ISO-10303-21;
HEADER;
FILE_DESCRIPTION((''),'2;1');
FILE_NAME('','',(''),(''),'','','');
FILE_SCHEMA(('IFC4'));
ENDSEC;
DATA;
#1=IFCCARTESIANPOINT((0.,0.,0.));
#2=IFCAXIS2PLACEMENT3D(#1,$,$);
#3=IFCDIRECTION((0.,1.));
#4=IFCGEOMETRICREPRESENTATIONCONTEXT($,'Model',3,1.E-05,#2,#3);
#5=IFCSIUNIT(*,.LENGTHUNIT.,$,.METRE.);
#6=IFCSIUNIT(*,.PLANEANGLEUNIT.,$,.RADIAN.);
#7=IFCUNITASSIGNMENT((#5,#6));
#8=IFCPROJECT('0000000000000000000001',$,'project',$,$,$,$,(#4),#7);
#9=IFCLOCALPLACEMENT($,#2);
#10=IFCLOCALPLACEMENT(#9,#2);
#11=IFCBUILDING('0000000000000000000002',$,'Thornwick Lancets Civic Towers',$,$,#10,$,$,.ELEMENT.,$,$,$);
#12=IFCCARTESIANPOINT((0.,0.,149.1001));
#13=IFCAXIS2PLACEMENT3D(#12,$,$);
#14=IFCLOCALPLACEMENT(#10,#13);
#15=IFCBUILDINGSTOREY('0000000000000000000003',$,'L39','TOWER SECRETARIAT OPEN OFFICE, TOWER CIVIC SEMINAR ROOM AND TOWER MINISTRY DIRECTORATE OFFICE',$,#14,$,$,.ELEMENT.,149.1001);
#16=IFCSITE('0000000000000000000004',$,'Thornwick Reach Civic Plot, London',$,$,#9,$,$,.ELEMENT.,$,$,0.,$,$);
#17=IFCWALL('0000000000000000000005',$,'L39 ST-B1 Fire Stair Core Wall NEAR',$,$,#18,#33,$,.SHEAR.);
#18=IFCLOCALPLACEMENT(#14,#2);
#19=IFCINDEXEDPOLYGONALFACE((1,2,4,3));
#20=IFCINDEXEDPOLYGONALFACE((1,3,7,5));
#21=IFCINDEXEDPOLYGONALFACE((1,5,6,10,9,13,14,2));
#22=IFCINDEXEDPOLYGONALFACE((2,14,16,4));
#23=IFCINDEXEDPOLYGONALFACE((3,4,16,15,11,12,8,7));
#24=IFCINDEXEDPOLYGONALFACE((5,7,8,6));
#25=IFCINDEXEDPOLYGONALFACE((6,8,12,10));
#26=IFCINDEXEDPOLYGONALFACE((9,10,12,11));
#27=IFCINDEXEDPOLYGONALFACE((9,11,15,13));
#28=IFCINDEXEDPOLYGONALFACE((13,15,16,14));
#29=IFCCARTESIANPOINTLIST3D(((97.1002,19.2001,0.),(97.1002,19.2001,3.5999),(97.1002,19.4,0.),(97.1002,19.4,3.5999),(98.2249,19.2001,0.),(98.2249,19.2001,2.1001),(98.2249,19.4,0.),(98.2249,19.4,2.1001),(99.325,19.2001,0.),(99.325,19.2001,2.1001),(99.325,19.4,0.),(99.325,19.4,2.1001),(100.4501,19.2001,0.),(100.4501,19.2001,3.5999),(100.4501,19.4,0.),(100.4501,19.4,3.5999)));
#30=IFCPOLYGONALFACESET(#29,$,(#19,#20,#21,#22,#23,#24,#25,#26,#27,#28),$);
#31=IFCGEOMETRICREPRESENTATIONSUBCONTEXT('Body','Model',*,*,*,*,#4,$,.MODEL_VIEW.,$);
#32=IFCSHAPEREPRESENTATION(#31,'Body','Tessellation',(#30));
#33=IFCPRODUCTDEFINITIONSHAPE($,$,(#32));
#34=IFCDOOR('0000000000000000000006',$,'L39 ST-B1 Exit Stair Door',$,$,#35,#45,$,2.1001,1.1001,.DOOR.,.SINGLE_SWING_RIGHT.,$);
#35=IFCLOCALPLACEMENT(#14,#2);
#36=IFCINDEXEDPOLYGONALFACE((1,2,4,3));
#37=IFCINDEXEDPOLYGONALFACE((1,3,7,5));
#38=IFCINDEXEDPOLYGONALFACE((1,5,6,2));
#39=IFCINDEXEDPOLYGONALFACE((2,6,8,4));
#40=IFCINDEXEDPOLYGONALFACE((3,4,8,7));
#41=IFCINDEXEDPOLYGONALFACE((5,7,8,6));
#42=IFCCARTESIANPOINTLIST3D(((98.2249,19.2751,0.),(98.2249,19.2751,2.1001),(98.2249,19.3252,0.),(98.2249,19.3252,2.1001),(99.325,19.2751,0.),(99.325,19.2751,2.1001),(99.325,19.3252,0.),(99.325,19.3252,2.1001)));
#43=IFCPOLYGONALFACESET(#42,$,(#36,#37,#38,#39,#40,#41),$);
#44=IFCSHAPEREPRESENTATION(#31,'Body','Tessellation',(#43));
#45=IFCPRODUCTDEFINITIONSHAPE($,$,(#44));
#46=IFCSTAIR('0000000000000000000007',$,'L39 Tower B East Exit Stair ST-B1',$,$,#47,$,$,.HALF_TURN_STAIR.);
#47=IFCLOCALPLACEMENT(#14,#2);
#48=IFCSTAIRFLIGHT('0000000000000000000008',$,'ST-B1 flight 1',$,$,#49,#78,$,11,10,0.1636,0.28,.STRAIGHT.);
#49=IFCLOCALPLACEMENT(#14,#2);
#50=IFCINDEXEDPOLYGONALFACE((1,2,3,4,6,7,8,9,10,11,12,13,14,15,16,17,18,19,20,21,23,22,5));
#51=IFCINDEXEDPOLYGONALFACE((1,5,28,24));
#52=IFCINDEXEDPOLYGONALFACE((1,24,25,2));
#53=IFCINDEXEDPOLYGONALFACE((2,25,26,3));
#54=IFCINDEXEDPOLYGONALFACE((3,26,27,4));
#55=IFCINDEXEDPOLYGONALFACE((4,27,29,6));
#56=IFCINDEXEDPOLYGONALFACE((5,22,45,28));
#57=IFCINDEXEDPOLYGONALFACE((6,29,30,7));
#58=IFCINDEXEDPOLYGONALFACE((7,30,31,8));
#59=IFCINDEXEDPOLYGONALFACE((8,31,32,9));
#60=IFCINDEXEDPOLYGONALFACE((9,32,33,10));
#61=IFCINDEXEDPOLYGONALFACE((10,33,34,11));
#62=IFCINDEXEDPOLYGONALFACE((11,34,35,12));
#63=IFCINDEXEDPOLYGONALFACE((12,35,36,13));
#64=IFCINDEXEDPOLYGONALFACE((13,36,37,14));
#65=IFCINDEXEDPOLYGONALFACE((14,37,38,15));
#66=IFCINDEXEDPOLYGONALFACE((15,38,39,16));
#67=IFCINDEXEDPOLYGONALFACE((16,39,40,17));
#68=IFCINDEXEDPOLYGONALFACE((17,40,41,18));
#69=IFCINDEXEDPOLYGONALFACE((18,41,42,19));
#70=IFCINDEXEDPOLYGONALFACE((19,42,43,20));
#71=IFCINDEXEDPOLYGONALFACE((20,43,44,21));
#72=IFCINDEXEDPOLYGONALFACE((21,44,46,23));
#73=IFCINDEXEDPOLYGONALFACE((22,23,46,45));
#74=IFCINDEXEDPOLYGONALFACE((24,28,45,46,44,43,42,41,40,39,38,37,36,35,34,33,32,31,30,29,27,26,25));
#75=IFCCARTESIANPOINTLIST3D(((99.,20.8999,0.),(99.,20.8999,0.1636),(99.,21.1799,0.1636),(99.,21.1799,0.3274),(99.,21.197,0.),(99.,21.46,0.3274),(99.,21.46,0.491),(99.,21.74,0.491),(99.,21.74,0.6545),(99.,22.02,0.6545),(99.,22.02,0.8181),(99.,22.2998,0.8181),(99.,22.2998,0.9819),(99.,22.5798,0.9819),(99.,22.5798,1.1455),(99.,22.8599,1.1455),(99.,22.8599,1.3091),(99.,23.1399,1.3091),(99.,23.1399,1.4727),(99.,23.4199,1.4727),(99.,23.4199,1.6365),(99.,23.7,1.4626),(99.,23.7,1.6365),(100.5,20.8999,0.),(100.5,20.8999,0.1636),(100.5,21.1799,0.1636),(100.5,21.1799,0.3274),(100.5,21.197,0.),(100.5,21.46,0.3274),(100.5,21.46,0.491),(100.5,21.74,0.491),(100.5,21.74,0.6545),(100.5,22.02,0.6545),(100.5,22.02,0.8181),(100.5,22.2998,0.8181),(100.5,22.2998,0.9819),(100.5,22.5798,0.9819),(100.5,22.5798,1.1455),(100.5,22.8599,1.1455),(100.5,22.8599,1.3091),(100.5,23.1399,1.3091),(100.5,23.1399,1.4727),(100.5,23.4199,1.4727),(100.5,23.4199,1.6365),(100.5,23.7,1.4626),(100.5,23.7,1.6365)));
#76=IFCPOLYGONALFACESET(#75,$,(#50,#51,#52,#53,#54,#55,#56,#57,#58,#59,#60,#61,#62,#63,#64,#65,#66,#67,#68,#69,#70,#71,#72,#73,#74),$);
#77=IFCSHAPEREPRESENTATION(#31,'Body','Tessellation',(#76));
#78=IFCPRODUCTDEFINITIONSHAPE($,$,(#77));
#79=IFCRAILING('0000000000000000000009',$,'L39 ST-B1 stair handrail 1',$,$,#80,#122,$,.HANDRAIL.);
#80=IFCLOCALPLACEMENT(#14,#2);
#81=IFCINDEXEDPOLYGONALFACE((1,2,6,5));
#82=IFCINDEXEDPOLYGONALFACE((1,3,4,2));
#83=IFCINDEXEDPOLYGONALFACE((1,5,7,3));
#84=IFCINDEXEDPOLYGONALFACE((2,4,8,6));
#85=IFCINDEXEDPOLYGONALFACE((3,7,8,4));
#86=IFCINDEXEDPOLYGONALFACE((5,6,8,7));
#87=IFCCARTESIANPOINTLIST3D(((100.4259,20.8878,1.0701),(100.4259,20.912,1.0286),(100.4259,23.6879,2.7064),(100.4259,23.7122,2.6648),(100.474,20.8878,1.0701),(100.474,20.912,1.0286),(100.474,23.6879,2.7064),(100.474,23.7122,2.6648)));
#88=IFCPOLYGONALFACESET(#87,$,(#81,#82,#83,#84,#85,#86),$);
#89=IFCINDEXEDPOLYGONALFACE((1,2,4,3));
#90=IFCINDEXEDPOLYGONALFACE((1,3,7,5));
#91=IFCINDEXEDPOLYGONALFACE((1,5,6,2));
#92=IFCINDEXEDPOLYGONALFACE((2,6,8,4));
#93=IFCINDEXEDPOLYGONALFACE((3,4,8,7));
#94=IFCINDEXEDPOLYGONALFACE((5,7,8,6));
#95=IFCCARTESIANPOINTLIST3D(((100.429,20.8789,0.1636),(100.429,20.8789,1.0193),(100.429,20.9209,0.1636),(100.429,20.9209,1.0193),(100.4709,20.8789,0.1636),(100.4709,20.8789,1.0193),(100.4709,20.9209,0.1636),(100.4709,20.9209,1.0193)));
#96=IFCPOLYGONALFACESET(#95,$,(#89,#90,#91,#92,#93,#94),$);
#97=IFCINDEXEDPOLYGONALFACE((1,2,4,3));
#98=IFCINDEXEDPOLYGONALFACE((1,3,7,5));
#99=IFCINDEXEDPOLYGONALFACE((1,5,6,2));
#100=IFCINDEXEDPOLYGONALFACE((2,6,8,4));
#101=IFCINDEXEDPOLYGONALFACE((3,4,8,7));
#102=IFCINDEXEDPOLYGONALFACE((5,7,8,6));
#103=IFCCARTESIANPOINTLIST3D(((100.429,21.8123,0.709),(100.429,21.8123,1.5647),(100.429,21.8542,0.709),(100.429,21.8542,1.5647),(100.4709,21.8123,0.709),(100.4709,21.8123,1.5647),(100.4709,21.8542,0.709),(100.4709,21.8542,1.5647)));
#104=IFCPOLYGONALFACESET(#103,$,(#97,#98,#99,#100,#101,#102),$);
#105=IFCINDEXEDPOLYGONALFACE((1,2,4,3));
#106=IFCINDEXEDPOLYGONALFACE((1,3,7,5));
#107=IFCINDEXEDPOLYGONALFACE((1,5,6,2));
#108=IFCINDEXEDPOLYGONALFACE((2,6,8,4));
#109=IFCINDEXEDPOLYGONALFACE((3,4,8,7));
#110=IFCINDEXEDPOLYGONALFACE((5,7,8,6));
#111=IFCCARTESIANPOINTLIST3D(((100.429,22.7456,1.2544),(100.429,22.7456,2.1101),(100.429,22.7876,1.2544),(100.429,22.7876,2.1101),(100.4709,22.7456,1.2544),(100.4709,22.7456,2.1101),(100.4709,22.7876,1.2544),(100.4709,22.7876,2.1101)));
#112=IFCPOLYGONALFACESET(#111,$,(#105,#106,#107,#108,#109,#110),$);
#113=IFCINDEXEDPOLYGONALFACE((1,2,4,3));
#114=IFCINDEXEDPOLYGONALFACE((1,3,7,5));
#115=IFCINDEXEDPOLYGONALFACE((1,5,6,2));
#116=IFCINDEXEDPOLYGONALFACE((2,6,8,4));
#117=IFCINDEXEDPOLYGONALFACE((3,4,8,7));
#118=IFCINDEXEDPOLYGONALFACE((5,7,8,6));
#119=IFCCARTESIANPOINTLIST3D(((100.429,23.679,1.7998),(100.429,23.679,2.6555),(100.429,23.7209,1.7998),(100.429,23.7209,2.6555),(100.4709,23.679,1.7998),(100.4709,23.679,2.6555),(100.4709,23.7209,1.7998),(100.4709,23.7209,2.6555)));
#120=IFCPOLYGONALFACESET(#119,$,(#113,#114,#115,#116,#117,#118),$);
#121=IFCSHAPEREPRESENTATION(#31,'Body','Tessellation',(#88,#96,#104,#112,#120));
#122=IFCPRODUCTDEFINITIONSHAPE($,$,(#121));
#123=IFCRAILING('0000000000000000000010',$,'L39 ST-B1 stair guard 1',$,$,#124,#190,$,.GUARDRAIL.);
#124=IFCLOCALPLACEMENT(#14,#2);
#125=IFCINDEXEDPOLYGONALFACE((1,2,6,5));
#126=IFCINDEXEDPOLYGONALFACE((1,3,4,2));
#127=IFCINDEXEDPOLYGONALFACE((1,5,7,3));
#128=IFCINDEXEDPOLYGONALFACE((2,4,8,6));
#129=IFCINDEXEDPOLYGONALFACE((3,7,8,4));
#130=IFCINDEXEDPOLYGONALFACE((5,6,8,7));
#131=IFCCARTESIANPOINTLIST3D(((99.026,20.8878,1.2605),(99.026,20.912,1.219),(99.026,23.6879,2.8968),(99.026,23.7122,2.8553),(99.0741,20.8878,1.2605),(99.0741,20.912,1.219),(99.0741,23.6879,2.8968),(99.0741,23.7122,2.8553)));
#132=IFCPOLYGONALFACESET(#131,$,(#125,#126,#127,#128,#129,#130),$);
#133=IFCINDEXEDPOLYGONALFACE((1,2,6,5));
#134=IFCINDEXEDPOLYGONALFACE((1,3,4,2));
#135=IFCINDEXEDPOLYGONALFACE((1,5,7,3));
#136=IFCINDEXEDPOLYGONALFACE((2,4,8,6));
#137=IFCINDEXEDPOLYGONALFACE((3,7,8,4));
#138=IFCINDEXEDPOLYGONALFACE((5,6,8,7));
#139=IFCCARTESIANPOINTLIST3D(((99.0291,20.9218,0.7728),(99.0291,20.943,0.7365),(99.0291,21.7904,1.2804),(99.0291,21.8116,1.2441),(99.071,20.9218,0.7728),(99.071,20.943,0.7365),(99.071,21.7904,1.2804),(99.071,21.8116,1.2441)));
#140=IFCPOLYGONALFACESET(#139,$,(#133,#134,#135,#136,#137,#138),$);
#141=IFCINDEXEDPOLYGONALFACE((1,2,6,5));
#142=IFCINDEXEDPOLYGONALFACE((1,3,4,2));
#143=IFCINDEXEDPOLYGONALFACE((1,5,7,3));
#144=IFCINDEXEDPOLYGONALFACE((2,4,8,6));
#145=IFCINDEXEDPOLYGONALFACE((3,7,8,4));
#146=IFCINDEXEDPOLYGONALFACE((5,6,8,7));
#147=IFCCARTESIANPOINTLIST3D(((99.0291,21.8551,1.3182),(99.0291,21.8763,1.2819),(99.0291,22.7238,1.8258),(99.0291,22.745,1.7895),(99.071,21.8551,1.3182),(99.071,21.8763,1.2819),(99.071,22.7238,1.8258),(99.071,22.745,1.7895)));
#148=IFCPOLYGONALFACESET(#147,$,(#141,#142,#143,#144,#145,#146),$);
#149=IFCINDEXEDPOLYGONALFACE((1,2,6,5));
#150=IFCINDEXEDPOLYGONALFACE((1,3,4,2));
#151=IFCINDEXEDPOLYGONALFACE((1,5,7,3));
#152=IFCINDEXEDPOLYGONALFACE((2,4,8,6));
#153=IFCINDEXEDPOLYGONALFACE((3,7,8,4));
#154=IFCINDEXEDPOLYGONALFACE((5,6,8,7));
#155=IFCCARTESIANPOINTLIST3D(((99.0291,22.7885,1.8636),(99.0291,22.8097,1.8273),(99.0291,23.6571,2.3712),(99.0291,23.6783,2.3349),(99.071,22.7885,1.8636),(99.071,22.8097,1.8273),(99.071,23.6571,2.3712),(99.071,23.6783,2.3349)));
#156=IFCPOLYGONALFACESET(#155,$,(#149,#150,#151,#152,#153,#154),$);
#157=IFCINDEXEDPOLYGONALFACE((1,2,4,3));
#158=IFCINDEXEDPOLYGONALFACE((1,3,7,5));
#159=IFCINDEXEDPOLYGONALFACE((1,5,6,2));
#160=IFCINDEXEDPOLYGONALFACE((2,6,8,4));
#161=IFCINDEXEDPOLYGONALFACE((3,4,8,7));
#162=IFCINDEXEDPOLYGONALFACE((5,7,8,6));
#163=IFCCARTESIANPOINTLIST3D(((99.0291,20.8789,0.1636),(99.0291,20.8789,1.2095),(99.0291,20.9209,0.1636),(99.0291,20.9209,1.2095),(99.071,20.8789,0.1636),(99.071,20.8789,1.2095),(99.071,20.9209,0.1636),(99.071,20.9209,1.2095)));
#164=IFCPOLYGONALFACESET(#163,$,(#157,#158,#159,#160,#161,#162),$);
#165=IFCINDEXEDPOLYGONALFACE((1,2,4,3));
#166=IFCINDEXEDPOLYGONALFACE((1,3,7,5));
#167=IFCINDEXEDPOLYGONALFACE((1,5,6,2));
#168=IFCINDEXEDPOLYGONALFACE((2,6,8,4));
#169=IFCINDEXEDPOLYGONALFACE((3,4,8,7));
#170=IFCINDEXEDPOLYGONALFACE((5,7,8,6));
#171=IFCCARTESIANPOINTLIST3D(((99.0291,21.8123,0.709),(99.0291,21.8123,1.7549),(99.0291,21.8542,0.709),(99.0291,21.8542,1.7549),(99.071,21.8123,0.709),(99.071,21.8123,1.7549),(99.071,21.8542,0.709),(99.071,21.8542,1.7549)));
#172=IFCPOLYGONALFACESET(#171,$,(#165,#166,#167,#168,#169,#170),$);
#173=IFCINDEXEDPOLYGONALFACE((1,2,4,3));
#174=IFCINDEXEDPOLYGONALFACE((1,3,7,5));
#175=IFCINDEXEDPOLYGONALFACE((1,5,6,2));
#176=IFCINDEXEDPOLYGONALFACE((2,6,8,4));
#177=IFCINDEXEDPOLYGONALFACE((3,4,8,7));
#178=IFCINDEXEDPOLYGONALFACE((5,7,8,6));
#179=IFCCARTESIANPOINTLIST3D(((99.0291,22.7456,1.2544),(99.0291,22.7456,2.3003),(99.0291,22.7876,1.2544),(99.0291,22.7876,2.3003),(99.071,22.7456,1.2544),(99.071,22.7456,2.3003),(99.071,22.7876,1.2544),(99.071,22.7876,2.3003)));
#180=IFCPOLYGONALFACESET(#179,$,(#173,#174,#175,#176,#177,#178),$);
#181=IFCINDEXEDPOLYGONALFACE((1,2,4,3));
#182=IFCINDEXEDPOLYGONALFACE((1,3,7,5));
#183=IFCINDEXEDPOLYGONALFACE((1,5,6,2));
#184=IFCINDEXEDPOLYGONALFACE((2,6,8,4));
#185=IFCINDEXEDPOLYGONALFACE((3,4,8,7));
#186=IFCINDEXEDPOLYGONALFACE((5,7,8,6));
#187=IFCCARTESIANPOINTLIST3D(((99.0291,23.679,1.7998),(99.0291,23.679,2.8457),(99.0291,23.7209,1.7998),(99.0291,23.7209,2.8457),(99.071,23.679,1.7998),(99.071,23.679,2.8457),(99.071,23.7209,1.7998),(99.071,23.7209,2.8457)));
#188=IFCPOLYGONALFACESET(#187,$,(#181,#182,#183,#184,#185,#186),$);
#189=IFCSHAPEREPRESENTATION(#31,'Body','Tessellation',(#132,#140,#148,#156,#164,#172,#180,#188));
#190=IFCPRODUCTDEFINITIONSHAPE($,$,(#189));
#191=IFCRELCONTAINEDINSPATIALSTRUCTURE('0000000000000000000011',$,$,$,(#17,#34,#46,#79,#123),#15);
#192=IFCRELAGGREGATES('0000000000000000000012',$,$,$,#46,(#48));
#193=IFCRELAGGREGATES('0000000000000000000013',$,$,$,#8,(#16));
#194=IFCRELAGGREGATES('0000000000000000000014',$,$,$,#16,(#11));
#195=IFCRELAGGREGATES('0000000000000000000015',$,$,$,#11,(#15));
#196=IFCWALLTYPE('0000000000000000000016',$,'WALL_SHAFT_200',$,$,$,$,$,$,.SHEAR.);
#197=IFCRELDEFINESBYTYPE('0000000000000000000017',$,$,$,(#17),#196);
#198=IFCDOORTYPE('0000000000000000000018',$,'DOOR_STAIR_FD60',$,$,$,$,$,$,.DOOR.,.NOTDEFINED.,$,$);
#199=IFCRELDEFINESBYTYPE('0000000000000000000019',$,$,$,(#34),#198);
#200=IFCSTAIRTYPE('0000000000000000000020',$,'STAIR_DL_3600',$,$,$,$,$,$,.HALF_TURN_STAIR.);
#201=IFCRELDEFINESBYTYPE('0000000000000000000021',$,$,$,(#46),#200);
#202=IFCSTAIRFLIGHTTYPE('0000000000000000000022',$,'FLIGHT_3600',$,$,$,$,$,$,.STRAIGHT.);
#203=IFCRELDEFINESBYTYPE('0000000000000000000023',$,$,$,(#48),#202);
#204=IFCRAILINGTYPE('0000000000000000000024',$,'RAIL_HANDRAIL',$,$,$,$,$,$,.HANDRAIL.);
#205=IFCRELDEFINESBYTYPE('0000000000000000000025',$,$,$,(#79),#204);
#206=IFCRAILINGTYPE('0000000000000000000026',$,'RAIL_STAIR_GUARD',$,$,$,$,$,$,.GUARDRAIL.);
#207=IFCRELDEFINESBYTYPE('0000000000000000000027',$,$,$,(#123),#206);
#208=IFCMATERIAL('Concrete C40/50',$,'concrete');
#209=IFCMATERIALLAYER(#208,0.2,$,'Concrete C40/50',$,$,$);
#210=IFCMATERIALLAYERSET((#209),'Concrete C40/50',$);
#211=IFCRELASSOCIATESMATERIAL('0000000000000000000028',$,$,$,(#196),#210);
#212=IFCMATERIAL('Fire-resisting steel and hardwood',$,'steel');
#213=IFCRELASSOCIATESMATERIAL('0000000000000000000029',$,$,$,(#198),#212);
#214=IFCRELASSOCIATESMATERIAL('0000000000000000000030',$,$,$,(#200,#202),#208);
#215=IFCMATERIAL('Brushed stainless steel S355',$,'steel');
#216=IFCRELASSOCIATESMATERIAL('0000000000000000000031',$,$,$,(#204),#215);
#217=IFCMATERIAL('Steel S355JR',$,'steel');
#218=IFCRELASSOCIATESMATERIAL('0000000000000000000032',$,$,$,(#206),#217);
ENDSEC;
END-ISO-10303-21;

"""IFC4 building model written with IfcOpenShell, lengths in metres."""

from ifc_helpers import new_model, si_unit, direction, frame, frame_2d, origin, origin_2d, place, context, subcontext, project, spatial, polyline, rectangle, outline, extrude, material, layer, layer_set, type_object, element, fill, aggregate, save


model = new_model("IFC4")

# Units and contexts
model_context = context("Model", 3, precision=1e-05, world=origin(), true_north=direction((0.0, 1.0)))
body_context = subcontext(model_context, "Body", "Model", "MODEL_VIEW")
ifc_project = project(units=[si_unit("LENGTHUNIT", "METRE"), si_unit("PLANEANGLEUNIT", "RADIAN")], contexts=[model_context])

# Site, building, storey
site_placement = place(None, origin())
site = spatial("IfcSite", under=ifc_project, at=site_placement, Name="Thornwick Reach Civic Plot, London", CompositionType="ELEMENT", RefElevation=0.0)
building_placement = place(site_placement, origin())
building = spatial("IfcBuilding", under=site, at=building_placement, Name="Thornwick Lancets Civic Towers", CompositionType="ELEMENT")
storey_placement = place(building_placement, frame((0.0, 0.0, 149.1001)))
storey = spatial("IfcBuildingStorey", under=building, at=storey_placement, Name="L39", Description="TOWER SECRETARIAT OPEN OFFICE, TOWER CIVIC SEMINAR ROOM AND TOWER MINISTRY DIRECTORATE OFFICE", CompositionType="ELEMENT", Elevation=149.1001)

# Shared definitions
ifc_material_1 = material(Name="Steel S355JR", Category="steel")
ifc_material_2 = material(Name="Concrete C40/50", Category="concrete")

# Wall, opening, door
ifc_layer_1 = layer(ifc_material_2, 0.2, Name="Concrete C40/50")
ifc_layer_set_1 = layer_set([ifc_layer_1], Name="Concrete C40/50")
wall_type_1 = type_object("IfcWallType", Name="WALL_SHAFT_200", PredefinedType="SHEAR", material=ifc_layer_set_1)
wall_1_placement = place(storey_placement, frame((100.45, 19.3, 0.0), z_axis=(0.0, 0.0, 1.0), x_axis=(-1.0, 0.0, 0.0)))
wall_1 = element("IfcWall", 1, at=wall_1_placement, inside=storey, type_object=wall_type_1, Name="L39 ST-B1 Fire Stair Core Wall NEAR", PredefinedType="SHEAR", context=body_context, shape_type="SweptSolid", body=[
    extrude(rectangle(XDim=3.3499, YDim=0.2, at=frame_2d((1.6748, 0.0))), origin(), (0.0, 0.0, 1.0), 3.5999),
])
opening_1_placement = place(wall_1_placement, frame((1.125, 0.0, 0.0)))
opening_1 = element("IfcOpeningElement", 2, at=opening_1_placement, cuts=wall_1, PredefinedType="OPENING", context=body_context, shape_type="SweptSolid", body=[
    extrude(rectangle(XDim=1.1001, YDim=2.1001, at=frame_2d((0.55, 1.05))), frame((0.0, 0.1099, 0.0), z_axis=(0.0, -1.0, 0.0), x_axis=(1.0, 0.0, 0.0)), (0.0, 0.0, 1.0), 0.22),
])
ifc_material_3 = material(Name="Fire-resisting steel and hardwood", Category="steel")
door_type = type_object("IfcDoorType", Name="DOOR_STAIR_FD60", OperationType="NOTDEFINED", PredefinedType="DOOR", material=ifc_material_3)
door_placement = place(opening_1_placement, origin())
door = element("IfcDoor", 3, at=door_placement, inside=storey, type_object=door_type, Name="L39 ST-B1 Exit Stair Door", OperationType="SINGLE_SWING_RIGHT", OverallHeight=2.1001, OverallWidth=1.1001, PredefinedType="DOOR", context=body_context, shape_type="SweptSolid", body=[
    extrude(rectangle(XDim=1.1001, YDim=2.1001, at=frame_2d((0.55, 1.05))), frame((0.0, 0.0249, 0.0), z_axis=(0.0, -1.0, 0.0), x_axis=(1.0, 0.0, 0.0)), (0.0, 0.0, 1.0), 0.05),
])
fill(opening_1, door)

# Stair, stair flight
stair_type = type_object("IfcStairType", Name="STAIR_DL_3600", PredefinedType="HALF_TURN_STAIR", material=ifc_material_2)
stair_placement = place(storey_placement, origin())
stair = element("IfcStair", 4, at=stair_placement, inside=storey, type_object=stair_type, Name="L39 Tower B East Exit Stair ST-B1", PredefinedType="HALF_TURN_STAIR")
stair_flight_type = type_object("IfcStairFlightType", Name="FLIGHT_3600", PredefinedType="STRAIGHT", material=ifc_material_2)
stair_flight_placement = place(storey_placement, frame((99.75, 20.8999, 0.0), z_axis=(0.0, 0.0, 1.0), x_axis=(0.0, 1.0, 0.0)))
stair_flight = element("IfcStairFlight", 5, at=stair_flight_placement, type_object=stair_flight_type, Name="ST-B1 flight 1", NumberOfRisers=11, NumberOfTreads=10, PredefinedType="STRAIGHT", RiserHeight=0.1636, TreadLength=0.28, context=body_context, shape_type="SweptSolid", body=[
    extrude(outline(polyline([(0.0, 0.0), (0.0, 0.1636), (0.28, 0.1636), (0.28, 0.3274), (0.5601, 0.3274), (0.5601, 0.491), (0.8401, 0.491), (0.8401, 0.6545), (1.1201, 0.6545), (1.1201, 0.8181), (1.3999, 0.8181), (1.3999, 0.9819), (1.6799, 0.9819), (1.6799, 1.1455), (1.96, 1.1455), (1.96, 1.3091), (2.24, 1.3091), (2.24, 1.4727), (2.52, 1.4727), (2.52, 1.6365), (2.8, 1.6365), (2.8, 1.8), (2.8, 1.4626), (0.2971, 0.0), (0.0, 0.0)])), frame((0.0, 0.75, 0.0), z_axis=(0.0, -1.0, 0.0), x_axis=(1.0, 0.0, 0.0)), (0.0, 0.0, 1.0), 1.5),
])
aggregate(stair, [stair_flight])

# Railings
ifc_material_4 = material(Name="Brushed stainless steel S355", Category="steel")
railing_type_1 = type_object("IfcRailingType", Name="RAIL_HANDRAIL", PredefinedType="HANDRAIL", material=ifc_material_4)
railing_1_placement = place(storey_placement, frame((100.45, 20.8999, 0.1636)))
element("IfcRailing", 6, at=railing_1_placement, inside=storey, type_object=railing_type_1, Name="L39 ST-B1 stair handrail 1", PredefinedType="HANDRAIL", context=body_context, shape_type="SweptSolid", body=[
    extrude(rectangle(XDim=0.0481, YDim=0.0481, at=origin_2d()), frame((0.0, 0.0, 0.8857), z_axis=(0.0, 0.863394, 0.504531), x_axis=(-1.0, 0.0, 0.0)), (0.0, 0.0, 1.0), 3.2432),
    extrude(rectangle(XDim=0.042, YDim=0.042, at=origin_2d()), origin(), (0.0, 0.0, 1.0), 0.8557),
    extrude(rectangle(XDim=0.042, YDim=0.042, at=origin_2d()), frame((0.0, 0.9333, 0.5454)), (0.0, 0.0, 1.0), 0.8557),
    extrude(rectangle(XDim=0.042, YDim=0.042, at=origin_2d()), frame((0.0, 1.8667, 1.0908)), (0.0, 0.0, 1.0), 0.8557),
    extrude(rectangle(XDim=0.042, YDim=0.042, at=origin_2d()), frame((0.0, 2.8, 1.6362)), (0.0, 0.0, 1.0), 0.8557),
])
railing_type_2 = type_object("IfcRailingType", Name="RAIL_STAIR_GUARD", PredefinedType="GUARDRAIL", material=ifc_material_1)
railing_2_placement = place(storey_placement, frame((99.05, 20.8999, 0.1636)))
element("IfcRailing", 7, at=railing_2_placement, inside=storey, type_object=railing_type_2, Name="L39 ST-B1 stair guard 1", PredefinedType="GUARDRAIL", context=body_context, shape_type="SweptSolid", body=[
    extrude(rectangle(XDim=0.0481, YDim=0.0481, at=origin_2d()), frame((0.0, 0.0, 1.0762), z_axis=(0.0, 0.863394, 0.504531), x_axis=(-1.0, 0.0, 0.0)), (0.0, 0.0, 1.0), 3.2432),
    extrude(rectangle(XDim=0.042, YDim=0.042, at=origin_2d()), frame((0.0, 0.0325, 0.5911), z_axis=(0.0, 0.863394, 0.504531), x_axis=(-1.0, 0.0, 0.0)), (0.0, 0.0, 1.0), 1.0061),
    extrude(rectangle(XDim=0.042, YDim=0.042, at=origin_2d()), frame((0.0, 0.9658, 1.1365), z_axis=(0.0, 0.863394, 0.504531), x_axis=(-1.0, 0.0, 0.0)), (0.0, 0.0, 1.0), 1.0061),
    extrude(rectangle(XDim=0.042, YDim=0.042, at=origin_2d()), frame((0.0, 1.8992, 1.6819), z_axis=(0.0, 0.863394, 0.504531), x_axis=(-1.0, 0.0, 0.0)), (0.0, 0.0, 1.0), 1.0061),
    extrude(rectangle(XDim=0.042, YDim=0.042, at=origin_2d()), origin(), (0.0, 0.0, 1.0), 1.0459),
    extrude(rectangle(XDim=0.042, YDim=0.042, at=origin_2d()), frame((0.0, 0.9333, 0.5454)), (0.0, 0.0, 1.0), 1.0459),
    extrude(rectangle(XDim=0.042, YDim=0.042, at=origin_2d()), frame((0.0, 1.8667, 1.0908)), (0.0, 0.0, 1.0), 1.0459),
    extrude(rectangle(XDim=0.042, YDim=0.042, at=origin_2d()), frame((0.0, 2.8, 1.6362)), (0.0, 0.0, 1.0), 1.0459),
])

save(model, "model.ifc")
